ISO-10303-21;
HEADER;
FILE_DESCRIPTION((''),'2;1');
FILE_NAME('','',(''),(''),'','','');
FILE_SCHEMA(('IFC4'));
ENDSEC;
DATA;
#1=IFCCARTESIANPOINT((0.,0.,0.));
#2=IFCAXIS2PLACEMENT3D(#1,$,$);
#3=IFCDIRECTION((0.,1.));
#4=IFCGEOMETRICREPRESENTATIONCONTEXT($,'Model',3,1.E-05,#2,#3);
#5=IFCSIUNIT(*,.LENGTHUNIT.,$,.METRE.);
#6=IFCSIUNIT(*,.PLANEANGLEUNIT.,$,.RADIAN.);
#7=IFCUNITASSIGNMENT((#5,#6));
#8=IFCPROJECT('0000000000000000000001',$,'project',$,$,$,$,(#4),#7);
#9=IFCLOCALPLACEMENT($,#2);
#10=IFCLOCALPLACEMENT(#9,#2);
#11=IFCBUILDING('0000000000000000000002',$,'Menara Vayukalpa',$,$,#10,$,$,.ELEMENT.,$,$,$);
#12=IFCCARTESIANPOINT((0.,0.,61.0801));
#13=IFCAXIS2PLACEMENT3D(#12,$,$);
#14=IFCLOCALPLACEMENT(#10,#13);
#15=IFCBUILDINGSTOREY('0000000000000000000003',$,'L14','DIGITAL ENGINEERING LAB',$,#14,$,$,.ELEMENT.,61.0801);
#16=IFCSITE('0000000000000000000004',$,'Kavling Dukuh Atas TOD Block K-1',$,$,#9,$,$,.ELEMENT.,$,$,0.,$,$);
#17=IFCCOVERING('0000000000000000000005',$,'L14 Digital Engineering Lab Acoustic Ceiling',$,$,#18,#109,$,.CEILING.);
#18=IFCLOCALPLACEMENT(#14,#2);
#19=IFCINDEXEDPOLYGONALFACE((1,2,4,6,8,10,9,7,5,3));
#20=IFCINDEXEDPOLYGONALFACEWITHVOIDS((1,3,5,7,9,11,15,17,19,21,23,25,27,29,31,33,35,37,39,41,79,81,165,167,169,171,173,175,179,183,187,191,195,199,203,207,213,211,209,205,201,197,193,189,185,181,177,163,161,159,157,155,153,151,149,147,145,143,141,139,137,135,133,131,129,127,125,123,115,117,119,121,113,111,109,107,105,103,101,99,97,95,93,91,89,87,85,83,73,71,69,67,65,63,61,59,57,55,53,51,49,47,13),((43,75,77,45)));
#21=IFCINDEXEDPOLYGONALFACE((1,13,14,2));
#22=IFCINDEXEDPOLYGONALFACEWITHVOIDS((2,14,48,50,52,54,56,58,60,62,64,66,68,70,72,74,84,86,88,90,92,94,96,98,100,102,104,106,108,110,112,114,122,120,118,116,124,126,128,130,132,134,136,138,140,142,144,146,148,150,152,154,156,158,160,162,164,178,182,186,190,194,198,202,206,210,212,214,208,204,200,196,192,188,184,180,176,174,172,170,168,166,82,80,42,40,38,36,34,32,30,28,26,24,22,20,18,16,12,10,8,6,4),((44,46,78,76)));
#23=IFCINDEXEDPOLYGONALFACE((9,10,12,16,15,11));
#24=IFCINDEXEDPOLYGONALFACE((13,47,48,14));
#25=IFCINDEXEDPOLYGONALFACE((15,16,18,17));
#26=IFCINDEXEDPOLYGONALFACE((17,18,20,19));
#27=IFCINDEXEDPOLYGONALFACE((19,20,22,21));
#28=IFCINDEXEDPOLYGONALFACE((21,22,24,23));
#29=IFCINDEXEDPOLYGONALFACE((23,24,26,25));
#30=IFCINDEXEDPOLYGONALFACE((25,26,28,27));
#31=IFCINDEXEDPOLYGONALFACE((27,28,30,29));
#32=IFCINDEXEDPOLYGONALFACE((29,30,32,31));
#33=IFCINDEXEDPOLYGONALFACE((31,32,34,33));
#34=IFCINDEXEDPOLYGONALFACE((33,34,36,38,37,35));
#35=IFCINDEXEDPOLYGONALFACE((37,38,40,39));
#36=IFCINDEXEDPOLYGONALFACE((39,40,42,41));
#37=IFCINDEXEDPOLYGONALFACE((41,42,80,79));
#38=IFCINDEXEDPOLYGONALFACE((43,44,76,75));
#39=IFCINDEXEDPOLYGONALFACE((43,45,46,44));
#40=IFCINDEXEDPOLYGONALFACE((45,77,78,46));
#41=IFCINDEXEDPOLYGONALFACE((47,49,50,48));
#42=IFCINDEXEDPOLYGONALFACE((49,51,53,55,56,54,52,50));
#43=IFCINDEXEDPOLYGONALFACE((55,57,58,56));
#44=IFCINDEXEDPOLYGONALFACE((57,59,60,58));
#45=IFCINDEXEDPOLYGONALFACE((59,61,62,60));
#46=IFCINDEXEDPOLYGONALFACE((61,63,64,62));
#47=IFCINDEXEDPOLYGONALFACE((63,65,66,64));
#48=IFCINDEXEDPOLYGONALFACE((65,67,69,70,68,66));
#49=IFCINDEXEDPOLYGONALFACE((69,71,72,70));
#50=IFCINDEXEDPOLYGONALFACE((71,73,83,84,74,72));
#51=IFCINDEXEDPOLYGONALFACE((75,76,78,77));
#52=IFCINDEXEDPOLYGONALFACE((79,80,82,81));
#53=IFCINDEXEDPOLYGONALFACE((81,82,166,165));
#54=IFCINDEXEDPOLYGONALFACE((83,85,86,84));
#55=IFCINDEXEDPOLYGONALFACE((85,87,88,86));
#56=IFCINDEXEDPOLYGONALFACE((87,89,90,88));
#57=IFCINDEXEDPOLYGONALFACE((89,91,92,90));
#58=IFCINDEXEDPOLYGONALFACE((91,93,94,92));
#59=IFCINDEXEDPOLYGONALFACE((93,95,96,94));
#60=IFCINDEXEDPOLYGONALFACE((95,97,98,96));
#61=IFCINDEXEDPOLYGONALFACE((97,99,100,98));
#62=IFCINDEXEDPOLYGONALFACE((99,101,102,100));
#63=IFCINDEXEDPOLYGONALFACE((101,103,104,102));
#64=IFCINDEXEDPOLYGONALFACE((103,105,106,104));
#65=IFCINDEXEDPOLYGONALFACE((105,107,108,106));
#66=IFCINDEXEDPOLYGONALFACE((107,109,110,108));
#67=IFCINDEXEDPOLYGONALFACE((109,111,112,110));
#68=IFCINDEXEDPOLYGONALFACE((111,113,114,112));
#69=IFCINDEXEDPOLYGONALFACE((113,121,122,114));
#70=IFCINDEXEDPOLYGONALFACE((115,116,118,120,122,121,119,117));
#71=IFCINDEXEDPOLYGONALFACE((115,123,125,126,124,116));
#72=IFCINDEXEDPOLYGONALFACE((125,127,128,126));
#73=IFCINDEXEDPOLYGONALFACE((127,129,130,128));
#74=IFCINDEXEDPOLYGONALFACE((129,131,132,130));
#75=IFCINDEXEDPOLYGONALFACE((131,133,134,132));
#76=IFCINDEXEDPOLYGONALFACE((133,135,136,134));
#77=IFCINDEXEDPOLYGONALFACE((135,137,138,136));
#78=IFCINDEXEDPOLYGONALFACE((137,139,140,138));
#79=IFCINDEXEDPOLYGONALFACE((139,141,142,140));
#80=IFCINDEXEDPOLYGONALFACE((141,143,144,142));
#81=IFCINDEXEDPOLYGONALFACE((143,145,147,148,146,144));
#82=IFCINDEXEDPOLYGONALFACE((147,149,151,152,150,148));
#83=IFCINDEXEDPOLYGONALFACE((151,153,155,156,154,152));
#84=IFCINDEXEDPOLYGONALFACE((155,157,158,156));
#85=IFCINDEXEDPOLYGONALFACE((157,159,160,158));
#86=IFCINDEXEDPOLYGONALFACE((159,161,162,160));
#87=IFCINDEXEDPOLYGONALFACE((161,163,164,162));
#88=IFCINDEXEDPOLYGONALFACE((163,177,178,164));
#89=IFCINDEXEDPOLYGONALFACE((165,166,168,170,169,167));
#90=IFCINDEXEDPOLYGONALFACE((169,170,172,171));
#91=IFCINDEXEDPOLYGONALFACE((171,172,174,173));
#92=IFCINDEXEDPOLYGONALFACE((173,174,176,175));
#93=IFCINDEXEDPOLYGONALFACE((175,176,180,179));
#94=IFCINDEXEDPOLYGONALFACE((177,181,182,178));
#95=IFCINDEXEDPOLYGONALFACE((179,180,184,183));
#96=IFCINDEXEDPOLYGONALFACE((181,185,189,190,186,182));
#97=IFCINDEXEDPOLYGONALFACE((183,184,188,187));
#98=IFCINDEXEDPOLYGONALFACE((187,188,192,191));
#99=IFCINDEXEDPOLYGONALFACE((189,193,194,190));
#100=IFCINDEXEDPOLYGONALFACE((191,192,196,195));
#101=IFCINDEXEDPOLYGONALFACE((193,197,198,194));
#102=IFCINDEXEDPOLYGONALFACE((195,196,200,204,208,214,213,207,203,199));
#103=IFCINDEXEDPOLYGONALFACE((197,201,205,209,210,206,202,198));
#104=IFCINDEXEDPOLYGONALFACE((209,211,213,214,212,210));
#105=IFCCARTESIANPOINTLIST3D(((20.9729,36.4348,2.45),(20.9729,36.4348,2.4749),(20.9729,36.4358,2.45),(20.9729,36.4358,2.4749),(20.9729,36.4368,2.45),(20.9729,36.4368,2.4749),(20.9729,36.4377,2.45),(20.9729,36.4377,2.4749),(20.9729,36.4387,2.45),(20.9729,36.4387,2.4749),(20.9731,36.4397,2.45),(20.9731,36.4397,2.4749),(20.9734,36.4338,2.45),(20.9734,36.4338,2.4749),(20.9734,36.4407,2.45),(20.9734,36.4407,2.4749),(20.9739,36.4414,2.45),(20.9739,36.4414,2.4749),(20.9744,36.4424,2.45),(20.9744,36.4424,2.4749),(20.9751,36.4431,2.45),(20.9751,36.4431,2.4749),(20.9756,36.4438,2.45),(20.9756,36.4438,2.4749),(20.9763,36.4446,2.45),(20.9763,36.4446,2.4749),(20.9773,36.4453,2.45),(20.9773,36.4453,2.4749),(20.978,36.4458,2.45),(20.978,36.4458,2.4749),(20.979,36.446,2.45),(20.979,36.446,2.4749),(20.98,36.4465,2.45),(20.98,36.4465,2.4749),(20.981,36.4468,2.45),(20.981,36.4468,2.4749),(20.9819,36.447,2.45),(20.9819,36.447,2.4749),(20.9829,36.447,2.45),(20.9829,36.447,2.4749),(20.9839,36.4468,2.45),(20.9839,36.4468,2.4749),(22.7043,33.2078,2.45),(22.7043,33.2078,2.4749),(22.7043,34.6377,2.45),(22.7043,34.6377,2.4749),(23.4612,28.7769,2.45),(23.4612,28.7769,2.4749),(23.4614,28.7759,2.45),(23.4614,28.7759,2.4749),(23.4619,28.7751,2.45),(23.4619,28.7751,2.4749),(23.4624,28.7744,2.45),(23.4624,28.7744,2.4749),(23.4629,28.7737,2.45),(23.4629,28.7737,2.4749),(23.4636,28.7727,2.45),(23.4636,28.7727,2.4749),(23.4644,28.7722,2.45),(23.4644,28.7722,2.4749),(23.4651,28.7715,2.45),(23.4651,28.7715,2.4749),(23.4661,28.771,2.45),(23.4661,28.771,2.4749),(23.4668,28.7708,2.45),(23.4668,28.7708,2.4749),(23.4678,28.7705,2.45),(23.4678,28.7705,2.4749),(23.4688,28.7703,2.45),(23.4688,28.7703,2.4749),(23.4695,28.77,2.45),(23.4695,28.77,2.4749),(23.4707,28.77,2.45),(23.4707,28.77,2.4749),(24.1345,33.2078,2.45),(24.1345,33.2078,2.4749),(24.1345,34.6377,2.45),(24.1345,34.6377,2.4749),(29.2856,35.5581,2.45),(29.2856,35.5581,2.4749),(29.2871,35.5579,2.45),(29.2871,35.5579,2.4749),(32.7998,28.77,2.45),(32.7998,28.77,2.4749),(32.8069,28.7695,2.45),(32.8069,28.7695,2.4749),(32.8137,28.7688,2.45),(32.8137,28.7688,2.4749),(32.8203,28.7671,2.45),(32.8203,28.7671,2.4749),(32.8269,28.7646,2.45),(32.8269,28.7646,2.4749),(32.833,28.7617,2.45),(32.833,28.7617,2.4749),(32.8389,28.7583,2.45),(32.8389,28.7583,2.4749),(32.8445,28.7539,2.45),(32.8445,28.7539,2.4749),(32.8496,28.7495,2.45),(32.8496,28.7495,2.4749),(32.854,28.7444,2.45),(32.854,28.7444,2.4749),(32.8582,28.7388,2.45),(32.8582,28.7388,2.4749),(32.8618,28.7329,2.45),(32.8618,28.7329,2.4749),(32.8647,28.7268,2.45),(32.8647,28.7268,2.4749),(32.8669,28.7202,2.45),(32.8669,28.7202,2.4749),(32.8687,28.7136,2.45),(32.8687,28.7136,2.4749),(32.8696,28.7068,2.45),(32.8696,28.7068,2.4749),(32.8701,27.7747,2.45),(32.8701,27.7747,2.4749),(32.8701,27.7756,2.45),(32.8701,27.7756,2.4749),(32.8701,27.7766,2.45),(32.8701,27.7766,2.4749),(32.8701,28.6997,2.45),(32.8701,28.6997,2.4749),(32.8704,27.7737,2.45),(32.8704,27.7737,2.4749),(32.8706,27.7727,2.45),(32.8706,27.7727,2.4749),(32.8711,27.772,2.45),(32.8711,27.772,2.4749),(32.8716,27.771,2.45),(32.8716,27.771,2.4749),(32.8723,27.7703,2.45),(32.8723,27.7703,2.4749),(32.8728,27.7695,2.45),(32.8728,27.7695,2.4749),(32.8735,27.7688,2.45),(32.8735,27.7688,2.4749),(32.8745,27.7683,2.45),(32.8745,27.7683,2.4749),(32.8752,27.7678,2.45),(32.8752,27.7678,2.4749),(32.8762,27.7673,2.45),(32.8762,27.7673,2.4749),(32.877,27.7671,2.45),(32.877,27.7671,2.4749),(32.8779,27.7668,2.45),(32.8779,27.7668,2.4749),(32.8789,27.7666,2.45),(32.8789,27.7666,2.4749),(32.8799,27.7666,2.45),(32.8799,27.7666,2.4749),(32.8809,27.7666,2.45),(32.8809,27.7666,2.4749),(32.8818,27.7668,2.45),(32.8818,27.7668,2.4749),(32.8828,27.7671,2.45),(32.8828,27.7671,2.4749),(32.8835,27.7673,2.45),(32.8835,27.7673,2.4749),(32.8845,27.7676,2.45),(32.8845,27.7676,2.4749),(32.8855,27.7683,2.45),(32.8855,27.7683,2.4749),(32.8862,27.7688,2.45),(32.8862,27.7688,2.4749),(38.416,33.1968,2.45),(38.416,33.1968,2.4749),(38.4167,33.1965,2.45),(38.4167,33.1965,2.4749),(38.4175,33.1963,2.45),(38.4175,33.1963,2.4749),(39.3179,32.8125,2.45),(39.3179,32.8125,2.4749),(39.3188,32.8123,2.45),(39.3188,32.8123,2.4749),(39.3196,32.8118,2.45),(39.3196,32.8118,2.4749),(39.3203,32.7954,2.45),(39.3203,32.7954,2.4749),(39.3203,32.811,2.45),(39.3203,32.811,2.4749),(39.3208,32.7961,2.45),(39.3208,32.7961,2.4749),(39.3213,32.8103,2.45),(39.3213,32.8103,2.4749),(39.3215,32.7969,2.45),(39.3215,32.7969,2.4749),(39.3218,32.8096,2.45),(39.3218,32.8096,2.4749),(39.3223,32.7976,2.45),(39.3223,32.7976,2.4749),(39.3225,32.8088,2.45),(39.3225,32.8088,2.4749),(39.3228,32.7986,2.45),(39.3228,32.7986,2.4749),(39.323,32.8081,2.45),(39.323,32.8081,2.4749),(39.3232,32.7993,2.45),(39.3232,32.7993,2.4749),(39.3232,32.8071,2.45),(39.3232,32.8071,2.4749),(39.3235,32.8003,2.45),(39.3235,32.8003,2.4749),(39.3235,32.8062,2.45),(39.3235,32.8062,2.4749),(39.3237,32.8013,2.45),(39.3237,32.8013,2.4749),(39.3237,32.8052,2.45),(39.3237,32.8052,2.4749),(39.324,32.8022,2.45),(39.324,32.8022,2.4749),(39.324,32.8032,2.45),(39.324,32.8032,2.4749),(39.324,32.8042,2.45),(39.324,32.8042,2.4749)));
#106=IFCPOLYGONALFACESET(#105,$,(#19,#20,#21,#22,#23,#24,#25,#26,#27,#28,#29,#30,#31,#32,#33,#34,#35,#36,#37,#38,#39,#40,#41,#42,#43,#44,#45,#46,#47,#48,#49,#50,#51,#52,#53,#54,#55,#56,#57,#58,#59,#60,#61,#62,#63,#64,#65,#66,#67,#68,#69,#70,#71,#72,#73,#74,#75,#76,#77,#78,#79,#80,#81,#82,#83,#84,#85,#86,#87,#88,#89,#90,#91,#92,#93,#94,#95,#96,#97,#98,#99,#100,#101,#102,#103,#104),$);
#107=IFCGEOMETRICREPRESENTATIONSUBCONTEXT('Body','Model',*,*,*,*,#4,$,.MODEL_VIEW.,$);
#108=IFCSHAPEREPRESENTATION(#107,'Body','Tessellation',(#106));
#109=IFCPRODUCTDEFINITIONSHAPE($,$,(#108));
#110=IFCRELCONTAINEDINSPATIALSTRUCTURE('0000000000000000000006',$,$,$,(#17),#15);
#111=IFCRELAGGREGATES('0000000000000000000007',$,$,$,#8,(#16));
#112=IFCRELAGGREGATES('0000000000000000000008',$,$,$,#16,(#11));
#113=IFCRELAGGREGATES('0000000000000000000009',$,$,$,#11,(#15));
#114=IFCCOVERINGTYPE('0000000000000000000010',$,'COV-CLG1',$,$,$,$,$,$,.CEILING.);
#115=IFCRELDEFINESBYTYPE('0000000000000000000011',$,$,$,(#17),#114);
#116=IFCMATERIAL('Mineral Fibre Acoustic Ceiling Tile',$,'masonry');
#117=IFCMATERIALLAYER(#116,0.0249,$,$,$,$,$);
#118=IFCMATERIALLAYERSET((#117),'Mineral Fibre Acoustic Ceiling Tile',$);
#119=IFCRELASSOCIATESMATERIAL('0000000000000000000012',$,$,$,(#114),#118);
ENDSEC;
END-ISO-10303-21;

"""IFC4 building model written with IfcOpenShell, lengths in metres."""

from ifc_helpers import new_model, si_unit, direction, frame, origin, place, context, subcontext, project, spatial, polyline, outline, extrude, material, layer, layer_set, type_object, element, save


model = new_model("IFC4")

# Units and contexts
model_context = context("Model", 3, precision=1e-05, world=origin(), true_north=direction((0.0, 1.0)))
body_context = subcontext(model_context, "Body", "Model", "MODEL_VIEW")
ifc_project = project(units=[si_unit("LENGTHUNIT", "METRE"), si_unit("PLANEANGLEUNIT", "RADIAN")], contexts=[model_context])

# Site, building, storey
site_placement = place(None, origin())
site = spatial("IfcSite", under=ifc_project, at=site_placement, Name="Kavling Dukuh Atas TOD Block K-1", CompositionType="ELEMENT", RefElevation=0.0)
building_placement = place(site_placement, origin())
building = spatial("IfcBuilding", under=site, at=building_placement, Name="Menara Vayukalpa", CompositionType="ELEMENT")
storey_placement = place(building_placement, frame((0.0, 0.0, 61.0801)))
storey = spatial("IfcBuildingStorey", under=building, at=storey_placement, Name="L14", Description="DIGITAL ENGINEERING LAB", CompositionType="ELEMENT", Elevation=61.0801)

# Covering
ifc_material_1 = material(Name="Mineral Fibre Acoustic Ceiling Tile", Category="masonry")
ifc_layer_1 = layer(ifc_material_1, 0.0249)
ifc_layer_set_1 = layer_set([ifc_layer_1], Name="Mineral Fibre Acoustic Ceiling Tile")
covering_type_1 = type_object("IfcCoveringType", Name="COV-CLG1", PredefinedType="CEILING", material=ifc_layer_set_1)
covering_1_placement = place(storey_placement, frame((0.0, 0.0, 2.45)))
element("IfcCovering", 1, at=covering_1_placement, inside=storey, type_object=covering_type_1, Name="L14 Digital Engineering Lab Acoustic Ceiling", PredefinedType="CEILING", context=body_context, shape_type="SweptSolid", body=[
    extrude(outline(polyline([(38.416, 33.1968), (38.4167, 33.1965), (38.4175, 33.1963), (39.3179, 32.8125), (39.3188, 32.8123), (39.3196, 32.8118), (39.3203, 32.811), (39.3213, 32.8103), (39.3218, 32.8096), (39.3225, 32.8088), (39.323, 32.8081), (39.3232, 32.8071), (39.3235, 32.8062), (39.3237, 32.8052), (39.324, 32.8042), (39.324, 32.8032), (39.324, 32.8022), (39.3237, 32.8013), (39.3235, 32.8003), (39.3232, 32.7993), (39.3228, 32.7986), (39.3223, 32.7976), (39.3215, 32.7969), (39.3208, 32.7961), (39.3203, 32.7954), (32.8862, 27.7688), (32.8855, 27.7683), (32.8845, 27.7676), (32.8835, 27.7673), (32.8828, 27.7671), (32.8818, 27.7668), (32.8809, 27.7666), (32.8799, 27.7666), (32.8789, 27.7666), (32.8779, 27.7668), (32.877, 27.7671), (32.8762, 27.7673), (32.8752, 27.7678), (32.8745, 27.7683), (32.8735, 27.7688), (32.8728, 27.7695), (32.8723, 27.7703), (32.8716, 27.771), (32.8711, 27.772), (32.8706, 27.7727), (32.8704, 27.7737), (32.8701, 27.7747), (32.8701, 27.7756), (32.8701, 27.7766), (32.8701, 28.6997), (32.8696, 28.7068), (32.8687, 28.7136), (32.8669, 28.7202), (32.8647, 28.7268), (32.8618, 28.7329), (32.8582, 28.7388), (32.854, 28.7444), (32.8496, 28.7495), (32.8445, 28.7539), (32.8389, 28.7583), (32.833, 28.7617), (32.8269, 28.7646), (32.8203, 28.7671), (32.8137, 28.7688), (32.8069, 28.7695), (32.7998, 28.77), (23.4707, 28.77), (23.4695, 28.77), (23.4688, 28.7703), (23.4678, 28.7705), (23.4668, 28.7708), (23.4661, 28.771), (23.4651, 28.7715), (23.4644, 28.7722), (23.4636, 28.7727), (23.4629, 28.7737), (23.4624, 28.7744), (23.4619, 28.7751), (23.4614, 28.7759), (23.4612, 28.7769), (20.9734, 36.4338), (20.9729, 36.4348), (20.9729, 36.4358), (20.9729, 36.4368), (20.9729, 36.4377), (20.9729, 36.4387), (20.9731, 36.4397), (20.9734, 36.4407), (20.9739, 36.4414), (20.9744, 36.4424), (20.9751, 36.4431), (20.9756, 36.4438), (20.9763, 36.4446), (20.9773, 36.4453), (20.978, 36.4458), (20.979, 36.446), (20.98, 36.4465), (20.981, 36.4468), (20.9819, 36.447), (20.9829, 36.447), (20.9839, 36.4468), (29.2856, 35.5581), (29.2871, 35.5579), (38.416, 33.1968)]), holes=[polyline([(24.1345, 33.2078), (24.1345, 34.6377), (22.7043, 34.6377), (22.7043, 33.2078), (24.1345, 33.2078)])]), origin(), (0.0, 0.0, 1.0), 0.0249),
])

save(model, "model.ifc")
